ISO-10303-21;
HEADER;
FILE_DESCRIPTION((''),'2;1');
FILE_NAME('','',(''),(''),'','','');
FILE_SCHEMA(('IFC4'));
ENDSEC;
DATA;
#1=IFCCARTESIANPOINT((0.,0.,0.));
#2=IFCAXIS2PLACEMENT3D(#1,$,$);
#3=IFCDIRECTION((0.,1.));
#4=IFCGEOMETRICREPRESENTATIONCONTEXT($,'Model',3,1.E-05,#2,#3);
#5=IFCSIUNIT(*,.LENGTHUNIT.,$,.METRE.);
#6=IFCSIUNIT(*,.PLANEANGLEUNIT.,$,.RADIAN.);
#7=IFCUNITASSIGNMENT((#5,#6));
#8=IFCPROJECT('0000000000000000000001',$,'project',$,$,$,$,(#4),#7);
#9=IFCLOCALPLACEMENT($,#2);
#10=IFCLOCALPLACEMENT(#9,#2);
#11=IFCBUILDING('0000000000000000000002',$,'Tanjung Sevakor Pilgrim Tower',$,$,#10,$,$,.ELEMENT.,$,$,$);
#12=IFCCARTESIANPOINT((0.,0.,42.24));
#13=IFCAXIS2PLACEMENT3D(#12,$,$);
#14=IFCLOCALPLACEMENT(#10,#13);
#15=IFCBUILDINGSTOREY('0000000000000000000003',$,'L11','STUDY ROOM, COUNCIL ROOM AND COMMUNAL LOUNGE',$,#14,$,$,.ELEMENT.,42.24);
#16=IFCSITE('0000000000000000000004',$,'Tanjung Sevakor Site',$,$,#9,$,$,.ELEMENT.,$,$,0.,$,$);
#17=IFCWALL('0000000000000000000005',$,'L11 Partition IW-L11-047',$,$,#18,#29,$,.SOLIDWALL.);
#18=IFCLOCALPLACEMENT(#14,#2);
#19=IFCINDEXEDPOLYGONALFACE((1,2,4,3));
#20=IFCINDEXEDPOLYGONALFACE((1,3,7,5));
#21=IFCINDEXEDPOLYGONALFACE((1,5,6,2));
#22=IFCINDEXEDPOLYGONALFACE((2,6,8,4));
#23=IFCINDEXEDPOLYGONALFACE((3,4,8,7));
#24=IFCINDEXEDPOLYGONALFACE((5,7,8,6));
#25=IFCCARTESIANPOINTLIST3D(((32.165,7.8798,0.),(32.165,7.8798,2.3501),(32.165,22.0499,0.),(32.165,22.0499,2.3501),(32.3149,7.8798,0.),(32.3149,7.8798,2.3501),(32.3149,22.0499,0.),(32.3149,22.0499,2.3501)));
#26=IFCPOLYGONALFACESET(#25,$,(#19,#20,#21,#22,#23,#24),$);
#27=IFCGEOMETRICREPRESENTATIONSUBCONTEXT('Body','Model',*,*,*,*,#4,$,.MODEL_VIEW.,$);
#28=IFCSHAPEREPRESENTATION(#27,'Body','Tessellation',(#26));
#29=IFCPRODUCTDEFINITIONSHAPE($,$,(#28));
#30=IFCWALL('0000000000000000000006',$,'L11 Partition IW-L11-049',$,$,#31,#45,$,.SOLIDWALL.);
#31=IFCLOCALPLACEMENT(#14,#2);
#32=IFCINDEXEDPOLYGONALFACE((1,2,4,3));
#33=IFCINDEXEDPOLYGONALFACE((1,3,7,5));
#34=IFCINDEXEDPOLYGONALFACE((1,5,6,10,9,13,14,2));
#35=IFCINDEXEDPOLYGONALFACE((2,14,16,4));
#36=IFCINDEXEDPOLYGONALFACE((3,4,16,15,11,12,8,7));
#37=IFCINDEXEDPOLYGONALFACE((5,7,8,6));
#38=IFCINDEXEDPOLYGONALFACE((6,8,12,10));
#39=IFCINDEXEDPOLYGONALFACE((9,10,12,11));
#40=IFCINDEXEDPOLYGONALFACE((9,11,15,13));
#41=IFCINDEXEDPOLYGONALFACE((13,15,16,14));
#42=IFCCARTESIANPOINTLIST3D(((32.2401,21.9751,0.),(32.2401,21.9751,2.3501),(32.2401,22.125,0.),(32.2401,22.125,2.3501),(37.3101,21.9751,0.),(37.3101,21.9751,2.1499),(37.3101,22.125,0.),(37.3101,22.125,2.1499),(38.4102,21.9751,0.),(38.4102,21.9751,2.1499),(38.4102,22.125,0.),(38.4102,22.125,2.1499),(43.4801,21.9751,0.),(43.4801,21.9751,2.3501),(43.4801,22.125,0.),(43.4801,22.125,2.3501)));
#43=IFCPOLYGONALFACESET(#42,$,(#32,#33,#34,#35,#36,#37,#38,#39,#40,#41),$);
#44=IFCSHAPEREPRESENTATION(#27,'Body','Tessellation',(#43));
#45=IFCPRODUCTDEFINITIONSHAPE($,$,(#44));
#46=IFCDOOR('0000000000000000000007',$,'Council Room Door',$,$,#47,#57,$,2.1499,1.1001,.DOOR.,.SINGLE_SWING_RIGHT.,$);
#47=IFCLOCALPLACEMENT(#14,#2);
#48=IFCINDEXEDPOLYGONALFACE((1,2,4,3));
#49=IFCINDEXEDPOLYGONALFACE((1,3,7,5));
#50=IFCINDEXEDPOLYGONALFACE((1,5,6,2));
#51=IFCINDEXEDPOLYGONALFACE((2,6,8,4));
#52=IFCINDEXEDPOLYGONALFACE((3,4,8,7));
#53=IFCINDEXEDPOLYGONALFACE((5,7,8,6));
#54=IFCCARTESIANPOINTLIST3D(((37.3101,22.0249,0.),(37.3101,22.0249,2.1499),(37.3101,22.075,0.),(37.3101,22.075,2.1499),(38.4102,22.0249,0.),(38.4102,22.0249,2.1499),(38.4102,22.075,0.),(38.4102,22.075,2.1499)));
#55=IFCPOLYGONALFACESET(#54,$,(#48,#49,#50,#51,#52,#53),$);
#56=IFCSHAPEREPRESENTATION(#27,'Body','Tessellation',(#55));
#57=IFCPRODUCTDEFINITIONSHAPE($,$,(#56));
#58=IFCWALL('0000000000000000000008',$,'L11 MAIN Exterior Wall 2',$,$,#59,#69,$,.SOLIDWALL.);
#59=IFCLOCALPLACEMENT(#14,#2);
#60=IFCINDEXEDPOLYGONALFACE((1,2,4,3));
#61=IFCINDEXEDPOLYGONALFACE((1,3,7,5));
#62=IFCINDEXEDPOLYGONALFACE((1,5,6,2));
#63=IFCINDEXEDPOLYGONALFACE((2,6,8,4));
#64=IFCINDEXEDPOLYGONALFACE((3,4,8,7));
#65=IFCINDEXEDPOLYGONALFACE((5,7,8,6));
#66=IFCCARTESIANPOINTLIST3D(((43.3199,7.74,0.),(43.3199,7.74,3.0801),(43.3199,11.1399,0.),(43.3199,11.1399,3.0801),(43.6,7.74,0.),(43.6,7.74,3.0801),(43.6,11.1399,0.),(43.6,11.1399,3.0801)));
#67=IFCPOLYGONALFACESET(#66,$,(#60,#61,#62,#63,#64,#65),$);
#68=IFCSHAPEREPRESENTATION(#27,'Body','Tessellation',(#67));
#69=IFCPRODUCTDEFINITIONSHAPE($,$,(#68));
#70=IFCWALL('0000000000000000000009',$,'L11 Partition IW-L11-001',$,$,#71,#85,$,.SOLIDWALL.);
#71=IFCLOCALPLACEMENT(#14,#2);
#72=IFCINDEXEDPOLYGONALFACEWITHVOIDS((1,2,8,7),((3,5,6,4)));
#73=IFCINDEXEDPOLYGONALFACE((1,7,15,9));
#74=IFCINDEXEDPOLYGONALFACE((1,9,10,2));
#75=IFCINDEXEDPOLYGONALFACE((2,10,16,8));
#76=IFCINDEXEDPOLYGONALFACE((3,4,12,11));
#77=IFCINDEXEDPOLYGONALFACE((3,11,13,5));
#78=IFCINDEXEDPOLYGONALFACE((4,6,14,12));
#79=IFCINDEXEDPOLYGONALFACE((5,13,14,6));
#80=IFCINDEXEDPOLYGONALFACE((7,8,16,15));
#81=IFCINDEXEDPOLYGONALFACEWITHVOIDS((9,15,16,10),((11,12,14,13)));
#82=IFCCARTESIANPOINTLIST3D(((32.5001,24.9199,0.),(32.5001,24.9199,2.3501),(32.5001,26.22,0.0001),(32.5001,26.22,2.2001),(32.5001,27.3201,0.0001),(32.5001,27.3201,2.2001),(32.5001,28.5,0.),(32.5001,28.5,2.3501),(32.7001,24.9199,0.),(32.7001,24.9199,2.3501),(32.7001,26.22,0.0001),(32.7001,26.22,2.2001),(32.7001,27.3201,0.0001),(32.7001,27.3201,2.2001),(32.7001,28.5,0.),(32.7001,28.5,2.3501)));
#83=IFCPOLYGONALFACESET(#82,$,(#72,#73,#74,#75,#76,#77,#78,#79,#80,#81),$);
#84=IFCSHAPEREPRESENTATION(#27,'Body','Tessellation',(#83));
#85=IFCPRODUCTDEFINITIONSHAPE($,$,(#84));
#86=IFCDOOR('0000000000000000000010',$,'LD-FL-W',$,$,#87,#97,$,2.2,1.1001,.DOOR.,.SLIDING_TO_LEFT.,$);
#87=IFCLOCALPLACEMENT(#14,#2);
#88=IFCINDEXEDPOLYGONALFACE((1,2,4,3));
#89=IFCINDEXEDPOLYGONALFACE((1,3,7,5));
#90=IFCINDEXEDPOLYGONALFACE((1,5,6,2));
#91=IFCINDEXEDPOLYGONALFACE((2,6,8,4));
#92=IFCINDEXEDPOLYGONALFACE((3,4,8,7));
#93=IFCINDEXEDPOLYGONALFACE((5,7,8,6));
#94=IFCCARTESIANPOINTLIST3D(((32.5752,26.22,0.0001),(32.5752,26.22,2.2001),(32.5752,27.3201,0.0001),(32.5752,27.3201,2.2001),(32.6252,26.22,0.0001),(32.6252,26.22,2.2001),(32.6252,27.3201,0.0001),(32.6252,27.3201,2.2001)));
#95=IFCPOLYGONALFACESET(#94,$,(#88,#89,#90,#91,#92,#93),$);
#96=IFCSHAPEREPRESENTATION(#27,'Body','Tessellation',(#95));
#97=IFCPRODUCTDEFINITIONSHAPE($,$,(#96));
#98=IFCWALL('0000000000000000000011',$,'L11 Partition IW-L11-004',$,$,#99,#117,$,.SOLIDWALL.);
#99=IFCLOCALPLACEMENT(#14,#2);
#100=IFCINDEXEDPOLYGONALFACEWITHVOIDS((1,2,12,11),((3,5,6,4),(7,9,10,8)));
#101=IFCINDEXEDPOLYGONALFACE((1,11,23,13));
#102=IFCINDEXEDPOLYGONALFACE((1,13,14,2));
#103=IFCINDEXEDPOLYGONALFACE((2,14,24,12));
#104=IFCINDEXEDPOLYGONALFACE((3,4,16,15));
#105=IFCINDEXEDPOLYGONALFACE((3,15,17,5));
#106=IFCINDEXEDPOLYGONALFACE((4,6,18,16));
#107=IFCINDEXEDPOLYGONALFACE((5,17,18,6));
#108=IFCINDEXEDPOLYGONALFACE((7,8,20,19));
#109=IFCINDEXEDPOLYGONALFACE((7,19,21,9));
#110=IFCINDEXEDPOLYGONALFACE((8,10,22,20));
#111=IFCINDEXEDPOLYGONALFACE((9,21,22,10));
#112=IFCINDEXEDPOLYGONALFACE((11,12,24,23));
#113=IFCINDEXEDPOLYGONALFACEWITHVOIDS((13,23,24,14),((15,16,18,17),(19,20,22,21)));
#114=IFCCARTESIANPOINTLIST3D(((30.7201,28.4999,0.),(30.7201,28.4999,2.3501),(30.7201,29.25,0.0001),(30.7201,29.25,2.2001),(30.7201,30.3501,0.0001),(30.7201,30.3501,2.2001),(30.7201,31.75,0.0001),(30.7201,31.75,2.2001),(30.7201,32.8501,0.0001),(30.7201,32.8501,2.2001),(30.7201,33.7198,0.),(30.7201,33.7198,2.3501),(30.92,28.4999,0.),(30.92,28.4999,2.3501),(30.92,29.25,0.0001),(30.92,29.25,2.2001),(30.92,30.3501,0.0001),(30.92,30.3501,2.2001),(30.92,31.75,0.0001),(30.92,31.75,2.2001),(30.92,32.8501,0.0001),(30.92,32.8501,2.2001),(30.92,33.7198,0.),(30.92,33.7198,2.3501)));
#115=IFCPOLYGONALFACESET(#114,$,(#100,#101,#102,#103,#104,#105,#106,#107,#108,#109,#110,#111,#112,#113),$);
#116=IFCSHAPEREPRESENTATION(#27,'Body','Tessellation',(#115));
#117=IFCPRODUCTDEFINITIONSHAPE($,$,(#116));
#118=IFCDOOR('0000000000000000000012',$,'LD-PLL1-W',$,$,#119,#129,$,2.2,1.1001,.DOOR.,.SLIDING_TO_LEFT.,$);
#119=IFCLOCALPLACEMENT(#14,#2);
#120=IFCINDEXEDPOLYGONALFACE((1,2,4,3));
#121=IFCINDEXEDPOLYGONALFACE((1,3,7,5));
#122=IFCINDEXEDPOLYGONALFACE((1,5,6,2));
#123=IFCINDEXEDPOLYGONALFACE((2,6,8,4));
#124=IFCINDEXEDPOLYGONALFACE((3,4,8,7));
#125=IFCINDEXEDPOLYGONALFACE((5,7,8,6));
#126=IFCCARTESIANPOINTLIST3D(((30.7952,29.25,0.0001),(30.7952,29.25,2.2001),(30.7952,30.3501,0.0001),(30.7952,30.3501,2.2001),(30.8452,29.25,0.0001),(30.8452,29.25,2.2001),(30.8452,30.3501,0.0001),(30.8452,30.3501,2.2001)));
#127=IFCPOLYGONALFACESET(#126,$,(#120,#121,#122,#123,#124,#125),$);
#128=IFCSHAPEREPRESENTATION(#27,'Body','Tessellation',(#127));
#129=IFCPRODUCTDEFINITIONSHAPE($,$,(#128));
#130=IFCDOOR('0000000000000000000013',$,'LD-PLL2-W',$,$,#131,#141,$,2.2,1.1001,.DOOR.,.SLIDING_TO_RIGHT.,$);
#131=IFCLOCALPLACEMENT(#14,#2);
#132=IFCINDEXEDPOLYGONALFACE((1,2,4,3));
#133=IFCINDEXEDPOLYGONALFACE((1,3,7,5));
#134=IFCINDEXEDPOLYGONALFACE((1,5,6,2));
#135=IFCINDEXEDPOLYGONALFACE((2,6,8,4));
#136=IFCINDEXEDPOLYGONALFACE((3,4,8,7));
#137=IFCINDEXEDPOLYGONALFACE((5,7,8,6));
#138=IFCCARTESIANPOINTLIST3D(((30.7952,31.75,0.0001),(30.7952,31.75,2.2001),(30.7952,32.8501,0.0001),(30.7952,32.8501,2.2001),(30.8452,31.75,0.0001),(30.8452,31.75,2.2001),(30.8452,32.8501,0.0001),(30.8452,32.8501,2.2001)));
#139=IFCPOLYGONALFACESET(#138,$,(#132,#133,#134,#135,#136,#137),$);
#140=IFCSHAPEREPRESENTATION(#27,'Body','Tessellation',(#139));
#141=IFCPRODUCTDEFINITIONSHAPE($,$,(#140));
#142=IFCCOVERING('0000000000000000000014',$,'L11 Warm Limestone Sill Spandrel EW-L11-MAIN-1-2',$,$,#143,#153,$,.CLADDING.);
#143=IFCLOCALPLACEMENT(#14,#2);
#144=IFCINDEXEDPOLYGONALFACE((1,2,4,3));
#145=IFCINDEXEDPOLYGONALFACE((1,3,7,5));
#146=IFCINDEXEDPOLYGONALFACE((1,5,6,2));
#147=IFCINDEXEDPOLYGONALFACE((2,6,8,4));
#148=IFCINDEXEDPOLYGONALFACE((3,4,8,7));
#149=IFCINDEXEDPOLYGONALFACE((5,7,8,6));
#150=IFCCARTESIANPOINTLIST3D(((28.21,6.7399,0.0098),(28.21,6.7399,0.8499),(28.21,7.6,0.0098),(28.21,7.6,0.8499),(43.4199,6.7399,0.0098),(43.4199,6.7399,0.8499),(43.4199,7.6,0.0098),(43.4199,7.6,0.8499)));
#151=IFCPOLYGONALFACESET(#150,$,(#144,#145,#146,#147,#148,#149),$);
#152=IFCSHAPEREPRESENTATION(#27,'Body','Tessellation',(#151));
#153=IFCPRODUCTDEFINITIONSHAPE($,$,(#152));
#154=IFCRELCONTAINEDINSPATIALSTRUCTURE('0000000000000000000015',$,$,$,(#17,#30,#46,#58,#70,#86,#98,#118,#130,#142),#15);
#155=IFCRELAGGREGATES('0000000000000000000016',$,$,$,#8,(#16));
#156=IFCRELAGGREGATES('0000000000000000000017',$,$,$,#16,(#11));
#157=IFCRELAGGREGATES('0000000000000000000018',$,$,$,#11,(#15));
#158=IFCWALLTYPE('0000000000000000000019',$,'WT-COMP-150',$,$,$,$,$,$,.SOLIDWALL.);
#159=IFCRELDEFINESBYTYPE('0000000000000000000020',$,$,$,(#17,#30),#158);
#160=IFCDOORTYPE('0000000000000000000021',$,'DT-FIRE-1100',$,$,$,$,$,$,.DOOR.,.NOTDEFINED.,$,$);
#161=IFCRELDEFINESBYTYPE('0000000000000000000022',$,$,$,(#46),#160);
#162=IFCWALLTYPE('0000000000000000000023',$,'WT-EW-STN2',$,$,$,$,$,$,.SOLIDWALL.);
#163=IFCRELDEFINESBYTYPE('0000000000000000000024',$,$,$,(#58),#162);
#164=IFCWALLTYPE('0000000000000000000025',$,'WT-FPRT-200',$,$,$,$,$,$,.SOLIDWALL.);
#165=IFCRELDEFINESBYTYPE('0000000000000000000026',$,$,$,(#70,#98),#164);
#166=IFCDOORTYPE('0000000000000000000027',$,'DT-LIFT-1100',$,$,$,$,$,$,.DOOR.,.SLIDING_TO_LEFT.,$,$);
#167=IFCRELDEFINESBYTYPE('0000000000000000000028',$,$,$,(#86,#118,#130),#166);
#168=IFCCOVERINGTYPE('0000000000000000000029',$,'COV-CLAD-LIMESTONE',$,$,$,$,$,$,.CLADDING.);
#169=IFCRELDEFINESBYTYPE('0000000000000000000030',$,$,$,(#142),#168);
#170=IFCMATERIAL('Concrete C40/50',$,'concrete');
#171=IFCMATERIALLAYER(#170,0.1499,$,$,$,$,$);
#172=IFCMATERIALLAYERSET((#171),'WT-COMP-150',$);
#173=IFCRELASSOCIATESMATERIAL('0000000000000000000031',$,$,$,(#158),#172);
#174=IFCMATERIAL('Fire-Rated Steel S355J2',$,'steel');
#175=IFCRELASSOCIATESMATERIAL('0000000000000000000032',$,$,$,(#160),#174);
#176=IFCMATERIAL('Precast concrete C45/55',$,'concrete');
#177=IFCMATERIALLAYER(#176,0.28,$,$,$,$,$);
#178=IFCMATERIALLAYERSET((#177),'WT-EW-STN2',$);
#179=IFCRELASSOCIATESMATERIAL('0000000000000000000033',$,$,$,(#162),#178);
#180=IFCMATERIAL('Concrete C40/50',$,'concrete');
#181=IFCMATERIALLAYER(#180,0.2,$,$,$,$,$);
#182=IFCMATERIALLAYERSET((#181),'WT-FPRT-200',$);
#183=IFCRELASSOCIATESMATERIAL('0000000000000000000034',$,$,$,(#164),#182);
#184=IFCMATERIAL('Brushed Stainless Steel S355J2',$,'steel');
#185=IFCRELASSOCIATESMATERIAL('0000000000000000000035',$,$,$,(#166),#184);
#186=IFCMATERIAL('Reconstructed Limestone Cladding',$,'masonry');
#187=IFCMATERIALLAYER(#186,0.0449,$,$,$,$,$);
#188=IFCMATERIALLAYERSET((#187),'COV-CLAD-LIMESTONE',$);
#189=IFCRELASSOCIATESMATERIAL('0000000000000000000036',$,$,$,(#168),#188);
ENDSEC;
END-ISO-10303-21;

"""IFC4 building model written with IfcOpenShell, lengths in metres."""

from ifc_helpers import new_model, si_unit, direction, frame, frame_2d, origin, origin_2d, place, context, subcontext, project, spatial, rectangle, extrude, material, layer, layer_set, type_object, element, fill, save


model = new_model("IFC4")

# Units and contexts
model_context = context("Model", 3, precision=1e-05, world=origin(), true_north=direction((0.0, 1.0)))
body_context = subcontext(model_context, "Body", "Model", "MODEL_VIEW")
ifc_project = project(units=[si_unit("LENGTHUNIT", "METRE"), si_unit("PLANEANGLEUNIT", "RADIAN")], contexts=[model_context])

# Site, building, storey
site_placement = place(None, origin())
site = spatial("IfcSite", under=ifc_project, at=site_placement, Name="Tanjung Sevakor Site", CompositionType="ELEMENT", RefElevation=0.0)
building_placement = place(site_placement, origin())
building = spatial("IfcBuilding", under=site, at=building_placement, Name="Tanjung Sevakor Pilgrim Tower", CompositionType="ELEMENT")
storey_placement = place(building_placement, frame((0.0, 0.0, 42.24)))
storey = spatial("IfcBuildingStorey", under=building, at=storey_placement, Name="L11", Description="STUDY ROOM, COUNCIL ROOM AND COMMUNAL LOUNGE", CompositionType="ELEMENT", Elevation=42.24)

# Shared definitions
ifc_material_1 = material(Name="Concrete C40/50", Category="concrete")
ifc_layer_1 = layer(ifc_material_1, 0.1499)
ifc_layer_set_1 = layer_set([ifc_layer_1], Name="WT-COMP-150")
wall_type_1 = type_object("IfcWallType", Name="WT-COMP-150", PredefinedType="SOLIDWALL", material=ifc_layer_set_1)

# Wall
wall_1_placement = place(storey_placement, frame((32.24, 7.8799, 0.0), z_axis=(0.0, 0.0, 1.0), x_axis=(0.0, 1.0, 0.0)))
element("IfcWall", 1, at=wall_1_placement, inside=storey, type_object=wall_type_1, Name="L11 Partition IW-L11-047", PredefinedType="SOLIDWALL", context=body_context, shape_type="SweptSolid", body=[
    extrude(rectangle(XDim=14.1702, YDim=0.1499, at=frame_2d((7.085, 0.0))), origin(), (0.0, 0.0, 1.0), 2.3501),
])

# Wall, opening, door
wall_2_placement = place(storey_placement, frame((32.24, 22.05, 0.0), z_axis=(0.0, 0.0, 1.0), x_axis=(1.0, 0.0, 0.0)))
wall_2 = element("IfcWall", 2, at=wall_2_placement, inside=storey, type_object=wall_type_1, Name="L11 Partition IW-L11-049", PredefinedType="SOLIDWALL", context=body_context, shape_type="SweptSolid", body=[
    extrude(rectangle(XDim=11.24, YDim=0.1499, at=frame_2d((5.6201, 0.0))), origin(), (0.0, 0.0, 1.0), 2.3501),
])
opening_1_placement = place(wall_2_placement, frame((5.0701, 0.0, 0.0)))
opening_1 = element("IfcOpeningElement", 3, at=opening_1_placement, cuts=wall_2, PredefinedType="OPENING", context=body_context, shape_type="SweptSolid", body=[
    extrude(rectangle(XDim=1.1001, YDim=2.1499, at=frame_2d((0.55, 1.075))), frame((0.0, 0.085, 0.0), z_axis=(0.0, -1.0, 0.0), x_axis=(1.0, 0.0, 0.0)), (0.0, 0.0, 1.0), 0.1699),
])
ifc_material_2 = material(Name="Fire-Rated Steel S355J2", Category="steel")
door_type_1 = type_object("IfcDoorType", Name="DT-FIRE-1100", OperationType="NOTDEFINED", PredefinedType="DOOR", material=ifc_material_2)
door_1_placement = place(opening_1_placement, origin())
door_1 = element("IfcDoor", 4, at=door_1_placement, inside=storey, type_object=door_type_1, Name="Council Room Door", OperationType="SINGLE_SWING_RIGHT", OverallHeight=2.1499, OverallWidth=1.1001, PredefinedType="DOOR", context=body_context, shape_type="SweptSolid", body=[
    extrude(rectangle(XDim=1.1001, YDim=2.1499, at=frame_2d((0.55, 1.075))), frame((0.0, 0.0249, 0.0), z_axis=(0.0, -1.0, 0.0), x_axis=(1.0, 0.0, 0.0)), (0.0, 0.0, 1.0), 0.05),
])
fill(opening_1, door_1)

# Wall
ifc_material_3 = material(Name="Precast concrete C45/55", Category="concrete")
ifc_layer_2 = layer(ifc_material_3, 0.28)
ifc_layer_set_2 = layer_set([ifc_layer_2], Name="WT-EW-STN2")
wall_type_2 = type_object("IfcWallType", Name="WT-EW-STN2", PredefinedType="SOLIDWALL", material=ifc_layer_set_2)
wall_3_placement = place(storey_placement, frame((43.46, 7.74, 0.0), z_axis=(0.0, 0.0, 1.0), x_axis=(0.0, 1.0, 0.0)))
element("IfcWall", 5, at=wall_3_placement, inside=storey, type_object=wall_type_2, Name="L11 MAIN Exterior Wall 2", PredefinedType="SOLIDWALL", context=body_context, shape_type="SweptSolid", body=[
    extrude(rectangle(XDim=3.3999, YDim=0.28, at=frame_2d((1.7, 0.0))), origin(), (0.0, 0.0, 1.0), 3.0801),
])

# Wall, opening, door
ifc_material_4 = material(Name="Concrete C40/50", Category="concrete")
ifc_layer_3 = layer(ifc_material_4, 0.2)
ifc_layer_set_3 = layer_set([ifc_layer_3], Name="WT-FPRT-200")
wall_type_3 = type_object("IfcWallType", Name="WT-FPRT-200", PredefinedType="SOLIDWALL", material=ifc_layer_set_3)
wall_4_placement = place(storey_placement, frame((32.6001, 24.9199, 0.0), z_axis=(0.0, 0.0, 1.0), x_axis=(0.0, 1.0, 0.0)))
wall_4 = element("IfcWall", 6, at=wall_4_placement, inside=storey, type_object=wall_type_3, Name="L11 Partition IW-L11-001", PredefinedType="SOLIDWALL", context=body_context, shape_type="SweptSolid", body=[
    extrude(rectangle(XDim=3.5801, YDim=0.2, at=frame_2d((1.79, 0.0))), origin(), (0.0, 0.0, 1.0), 2.3501),
])
opening_2_placement = place(wall_4_placement, frame((1.3, 0.0, 0.0)))
opening_2 = element("IfcOpeningElement", 7, at=opening_2_placement, cuts=wall_4, PredefinedType="OPENING", context=body_context, shape_type="SweptSolid", body=[
    extrude(rectangle(XDim=1.1001, YDim=2.2, at=frame_2d((0.55, 1.1001))), frame((0.0, 0.1099, 0.0), z_axis=(0.0, -1.0, 0.0), x_axis=(1.0, 0.0, 0.0)), (0.0, 0.0, 1.0), 0.22),
])
ifc_material_5 = material(Name="Brushed Stainless Steel S355J2", Category="steel")
door_type_2 = type_object("IfcDoorType", Name="DT-LIFT-1100", OperationType="SLIDING_TO_LEFT", PredefinedType="DOOR", material=ifc_material_5)
door_2_placement = place(opening_2_placement, origin())
door_2 = element("IfcDoor", 8, at=door_2_placement, inside=storey, type_object=door_type_2, Name="LD-FL-W", OperationType="SLIDING_TO_LEFT", OverallHeight=2.2, OverallWidth=1.1001, PredefinedType="DOOR", context=body_context, shape_type="SweptSolid", body=[
    extrude(rectangle(XDim=1.1001, YDim=2.2, at=frame_2d((0.55, 1.1001))), frame((0.0, 0.0249, 0.0), z_axis=(0.0, -1.0, 0.0), x_axis=(1.0, 0.0, 0.0)), (0.0, 0.0, 1.0), 0.05),
])
fill(opening_2, door_2)

# Wall, openings, doors
wall_5_placement = place(storey_placement, frame((30.8201, 28.5, 0.0), z_axis=(0.0, 0.0, 1.0), x_axis=(0.0, 1.0, 0.0)))
wall_5 = element("IfcWall", 9, at=wall_5_placement, inside=storey, type_object=wall_type_3, Name="L11 Partition IW-L11-004", PredefinedType="SOLIDWALL", context=body_context, shape_type="SweptSolid", body=[
    extrude(rectangle(XDim=5.22, YDim=0.2, at=frame_2d((2.6099, 0.0))), origin(), (0.0, 0.0, 1.0), 2.3501),
])
opening_3_placement = place(wall_5_placement, frame((0.75, 0.0, 0.0)))
opening_3 = element("IfcOpeningElement", 10, at=opening_3_placement, cuts=wall_5, PredefinedType="OPENING", context=body_context, shape_type="SweptSolid", body=[
    extrude(rectangle(XDim=1.1001, YDim=2.2, at=frame_2d((0.55, 1.1001))), frame((0.0, 0.1099, 0.0), z_axis=(0.0, -1.0, 0.0), x_axis=(1.0, 0.0, 0.0)), (0.0, 0.0, 1.0), 0.22),
])
opening_4_placement = place(wall_5_placement, frame((3.25, 0.0, 0.0)))
opening_4 = element("IfcOpeningElement", 11, at=opening_4_placement, cuts=wall_5, PredefinedType="OPENING", context=body_context, shape_type="SweptSolid", body=[
    extrude(rectangle(XDim=1.1001, YDim=2.2, at=frame_2d((0.55, 1.1001))), frame((0.0, 0.1099, 0.0), z_axis=(0.0, -1.0, 0.0), x_axis=(1.0, 0.0, 0.0)), (0.0, 0.0, 1.0), 0.22),
])
door_3_placement = place(opening_3_placement, origin())
door_3 = element("IfcDoor", 12, at=door_3_placement, inside=storey, type_object=door_type_2, Name="LD-PLL1-W", OperationType="SLIDING_TO_LEFT", OverallHeight=2.2, OverallWidth=1.1001, PredefinedType="DOOR", context=body_context, shape_type="SweptSolid", body=[
    extrude(rectangle(XDim=1.1001, YDim=2.2, at=frame_2d((0.55, 1.1001))), frame((0.0, 0.0249, 0.0), z_axis=(0.0, -1.0, 0.0), x_axis=(1.0, 0.0, 0.0)), (0.0, 0.0, 1.0), 0.05),
])
fill(opening_3, door_3)
door_4_placement = place(opening_4_placement, origin())
door_4 = element("IfcDoor", 13, at=door_4_placement, inside=storey, type_object=door_type_2, Name="LD-PLL2-W", OperationType="SLIDING_TO_RIGHT", OverallHeight=2.2, OverallWidth=1.1001, PredefinedType="DOOR", context=body_context, shape_type="SweptSolid", body=[
    extrude(rectangle(XDim=1.1001, YDim=2.2, at=frame_2d((0.55, 1.1001))), frame((0.0, 0.0249, 0.0), z_axis=(0.0, -1.0, 0.0), x_axis=(1.0, 0.0, 0.0)), (0.0, 0.0, 1.0), 0.05),
])
fill(opening_4, door_4)

# Covering
ifc_material_6 = material(Name="Reconstructed Limestone Cladding", Category="masonry")
ifc_layer_4 = layer(ifc_material_6, 0.0449)
ifc_layer_set_4 = layer_set([ifc_layer_4], Name="COV-CLAD-LIMESTONE")
covering_type = type_object("IfcCoveringType", Name="COV-CLAD-LIMESTONE", PredefinedType="CLADDING", material=ifc_layer_set_4)
covering_placement = place(storey_placement, frame((35.8149, 7.1699, 0.0098), z_axis=(0.0, 0.0, 1.0), x_axis=(1.0, 0.0, 0.0)))
element("IfcCovering", 14, at=covering_placement, inside=storey, type_object=covering_type, Name="L11 Warm Limestone Sill Spandrel EW-L11-MAIN-1-2", PredefinedType="CLADDING", context=body_context, shape_type="SweptSolid", body=[
    extrude(rectangle(XDim=15.21, YDim=0.8601, at=origin_2d()), origin(), (0.0, 0.0, 1.0), 0.8401),
])

save(model, "model.ifc")
